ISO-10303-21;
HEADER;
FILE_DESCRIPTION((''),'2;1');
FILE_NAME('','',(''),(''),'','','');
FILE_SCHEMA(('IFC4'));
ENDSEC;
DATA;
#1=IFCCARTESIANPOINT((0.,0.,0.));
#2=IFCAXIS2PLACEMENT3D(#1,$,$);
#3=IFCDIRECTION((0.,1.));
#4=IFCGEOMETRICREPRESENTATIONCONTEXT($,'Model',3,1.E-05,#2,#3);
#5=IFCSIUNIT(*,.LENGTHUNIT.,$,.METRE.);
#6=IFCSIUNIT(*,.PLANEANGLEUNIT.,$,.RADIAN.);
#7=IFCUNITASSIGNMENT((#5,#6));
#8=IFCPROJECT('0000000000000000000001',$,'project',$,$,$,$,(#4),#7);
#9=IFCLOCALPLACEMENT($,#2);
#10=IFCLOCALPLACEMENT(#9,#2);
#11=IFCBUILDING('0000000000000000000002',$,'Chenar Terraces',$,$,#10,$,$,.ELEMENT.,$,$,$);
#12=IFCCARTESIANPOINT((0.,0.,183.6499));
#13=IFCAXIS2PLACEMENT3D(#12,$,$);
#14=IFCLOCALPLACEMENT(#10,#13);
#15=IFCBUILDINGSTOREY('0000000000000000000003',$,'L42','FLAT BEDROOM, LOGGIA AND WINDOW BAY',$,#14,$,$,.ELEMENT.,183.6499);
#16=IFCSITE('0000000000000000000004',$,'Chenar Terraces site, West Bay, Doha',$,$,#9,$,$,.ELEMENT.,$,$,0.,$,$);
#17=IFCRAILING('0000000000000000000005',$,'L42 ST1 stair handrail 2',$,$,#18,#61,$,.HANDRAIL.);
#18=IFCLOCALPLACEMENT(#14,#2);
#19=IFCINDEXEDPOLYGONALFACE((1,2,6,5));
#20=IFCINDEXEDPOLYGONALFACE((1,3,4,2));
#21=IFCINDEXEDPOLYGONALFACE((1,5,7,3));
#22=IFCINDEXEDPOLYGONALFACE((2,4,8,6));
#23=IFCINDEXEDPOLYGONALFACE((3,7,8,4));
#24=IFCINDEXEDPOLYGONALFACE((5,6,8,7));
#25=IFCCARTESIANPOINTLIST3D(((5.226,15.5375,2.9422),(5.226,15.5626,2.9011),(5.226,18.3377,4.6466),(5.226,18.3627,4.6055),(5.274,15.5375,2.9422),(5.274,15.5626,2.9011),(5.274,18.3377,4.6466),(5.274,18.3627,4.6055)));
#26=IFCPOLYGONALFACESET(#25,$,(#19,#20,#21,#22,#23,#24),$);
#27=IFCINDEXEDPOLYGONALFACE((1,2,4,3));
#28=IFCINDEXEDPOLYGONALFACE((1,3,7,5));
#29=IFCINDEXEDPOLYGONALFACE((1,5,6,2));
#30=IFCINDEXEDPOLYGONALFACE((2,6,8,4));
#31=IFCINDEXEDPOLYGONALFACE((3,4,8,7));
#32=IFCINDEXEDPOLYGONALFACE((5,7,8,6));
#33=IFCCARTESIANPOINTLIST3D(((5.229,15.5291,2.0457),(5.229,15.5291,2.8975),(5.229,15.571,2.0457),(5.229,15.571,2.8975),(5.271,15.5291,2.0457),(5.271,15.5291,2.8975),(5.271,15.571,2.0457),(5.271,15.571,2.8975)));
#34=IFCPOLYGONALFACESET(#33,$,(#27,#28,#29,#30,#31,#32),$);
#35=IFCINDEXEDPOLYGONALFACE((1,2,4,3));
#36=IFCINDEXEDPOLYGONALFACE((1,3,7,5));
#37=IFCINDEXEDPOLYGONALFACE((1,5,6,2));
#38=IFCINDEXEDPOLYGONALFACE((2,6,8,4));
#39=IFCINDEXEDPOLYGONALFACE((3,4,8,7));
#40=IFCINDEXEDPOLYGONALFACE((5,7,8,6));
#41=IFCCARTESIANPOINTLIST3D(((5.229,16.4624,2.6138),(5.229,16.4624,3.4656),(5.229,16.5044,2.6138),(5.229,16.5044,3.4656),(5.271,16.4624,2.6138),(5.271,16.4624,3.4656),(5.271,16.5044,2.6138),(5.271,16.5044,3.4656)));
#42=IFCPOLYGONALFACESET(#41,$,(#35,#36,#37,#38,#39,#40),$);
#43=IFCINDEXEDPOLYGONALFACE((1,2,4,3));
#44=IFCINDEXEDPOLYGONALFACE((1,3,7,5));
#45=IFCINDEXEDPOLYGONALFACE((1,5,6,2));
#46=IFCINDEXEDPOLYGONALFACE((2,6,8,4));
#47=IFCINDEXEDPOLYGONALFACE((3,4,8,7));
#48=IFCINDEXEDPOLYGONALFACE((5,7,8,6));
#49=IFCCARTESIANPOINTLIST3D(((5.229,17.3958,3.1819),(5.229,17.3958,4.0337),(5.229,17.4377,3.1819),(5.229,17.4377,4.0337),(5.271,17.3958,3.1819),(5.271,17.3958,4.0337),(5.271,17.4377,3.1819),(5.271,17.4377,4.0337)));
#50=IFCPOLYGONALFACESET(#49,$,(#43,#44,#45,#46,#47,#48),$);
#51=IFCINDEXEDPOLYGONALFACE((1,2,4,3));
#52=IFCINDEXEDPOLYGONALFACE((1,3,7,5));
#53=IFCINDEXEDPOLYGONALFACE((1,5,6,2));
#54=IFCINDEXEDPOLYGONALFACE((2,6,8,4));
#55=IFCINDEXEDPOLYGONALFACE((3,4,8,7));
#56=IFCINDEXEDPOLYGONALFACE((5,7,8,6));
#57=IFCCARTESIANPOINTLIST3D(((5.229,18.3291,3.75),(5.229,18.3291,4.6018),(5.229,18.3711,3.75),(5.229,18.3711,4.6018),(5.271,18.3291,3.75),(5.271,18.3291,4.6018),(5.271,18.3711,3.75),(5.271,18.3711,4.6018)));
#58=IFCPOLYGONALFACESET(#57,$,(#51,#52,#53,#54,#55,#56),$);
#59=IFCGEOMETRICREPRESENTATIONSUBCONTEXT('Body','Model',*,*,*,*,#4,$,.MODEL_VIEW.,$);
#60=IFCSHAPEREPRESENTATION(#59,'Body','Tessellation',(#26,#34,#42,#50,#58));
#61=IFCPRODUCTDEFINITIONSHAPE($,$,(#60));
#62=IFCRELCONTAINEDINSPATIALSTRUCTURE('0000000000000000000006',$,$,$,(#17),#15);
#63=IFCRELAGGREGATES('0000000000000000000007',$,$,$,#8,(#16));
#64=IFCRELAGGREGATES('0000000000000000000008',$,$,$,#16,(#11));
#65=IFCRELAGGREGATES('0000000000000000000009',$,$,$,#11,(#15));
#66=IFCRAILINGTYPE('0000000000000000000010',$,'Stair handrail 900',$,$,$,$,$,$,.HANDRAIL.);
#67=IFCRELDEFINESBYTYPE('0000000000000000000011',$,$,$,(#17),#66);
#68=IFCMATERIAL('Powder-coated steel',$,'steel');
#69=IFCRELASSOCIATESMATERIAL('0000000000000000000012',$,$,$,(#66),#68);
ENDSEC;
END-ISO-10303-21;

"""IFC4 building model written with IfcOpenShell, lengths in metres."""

from ifc_helpers import new_model, si_unit, direction, frame, origin, origin_2d, place, context, subcontext, project, spatial, rectangle, extrude, material, type_object, element, save


model = new_model("IFC4")

# Units and contexts
model_context = context("Model", 3, precision=1e-05, world=origin(), true_north=direction((0.0, 1.0)))
body_context = subcontext(model_context, "Body", "Model", "MODEL_VIEW")
ifc_project = project(units=[si_unit("LENGTHUNIT", "METRE"), si_unit("PLANEANGLEUNIT", "RADIAN")], contexts=[model_context])

# Site, building, storey
site_placement = place(None, origin())
site = spatial("IfcSite", under=ifc_project, at=site_placement, Name="Chenar Terraces site, West Bay, Doha", CompositionType="ELEMENT", RefElevation=0.0)
building_placement = place(site_placement, origin())
building = spatial("IfcBuilding", under=site, at=building_placement, Name="Chenar Terraces", CompositionType="ELEMENT")
storey_placement = place(building_placement, frame((0.0, 0.0, 183.6499)))
storey = spatial("IfcBuildingStorey", under=building, at=storey_placement, Name="L42", Description="FLAT BEDROOM, LOGGIA AND WINDOW BAY", CompositionType="ELEMENT", Elevation=183.6499)

# Railing
ifc_material_1 = material(Name="Powder-coated steel", Category="steel")
railing_type_1 = type_object("IfcRailingType", Name="Stair handrail 900", PredefinedType="HANDRAIL", material=ifc_material_1)
railing_1_placement = place(storey_placement, frame((5.25, 15.55, 2.0457)))
element("IfcRailing", 1, at=railing_1_placement, inside=storey, type_object=railing_type_1, Name="L42 ST1 stair handrail 2", PredefinedType="HANDRAIL", context=body_context, shape_type="SweptSolid", body=[
    extrude(rectangle(XDim=0.0481, YDim=0.0481, at=origin_2d()), frame((0.0, 0.0, 0.876), z_axis=(0.0, 0.854203, 0.51994), x_axis=(-1.0, 0.0, 0.0)), (0.0, 0.0, 1.0), 3.2781),
    extrude(rectangle(XDim=0.042, YDim=0.042, at=origin_2d()), origin(), (0.0, 0.0, 1.0), 0.8518),
    extrude(rectangle(XDim=0.042, YDim=0.042, at=origin_2d()), frame((0.0, 0.9333, 0.5681)), (0.0, 0.0, 1.0), 0.8518),
    extrude(rectangle(XDim=0.042, YDim=0.042, at=origin_2d()), frame((0.0, 1.8667, 1.1362)), (0.0, 0.0, 1.0), 0.8518),
    extrude(rectangle(XDim=0.042, YDim=0.042, at=origin_2d()), frame((0.0, 2.8, 1.7043)), (0.0, 0.0, 1.0), 0.8518),
])

save(model, "model.ifc")
